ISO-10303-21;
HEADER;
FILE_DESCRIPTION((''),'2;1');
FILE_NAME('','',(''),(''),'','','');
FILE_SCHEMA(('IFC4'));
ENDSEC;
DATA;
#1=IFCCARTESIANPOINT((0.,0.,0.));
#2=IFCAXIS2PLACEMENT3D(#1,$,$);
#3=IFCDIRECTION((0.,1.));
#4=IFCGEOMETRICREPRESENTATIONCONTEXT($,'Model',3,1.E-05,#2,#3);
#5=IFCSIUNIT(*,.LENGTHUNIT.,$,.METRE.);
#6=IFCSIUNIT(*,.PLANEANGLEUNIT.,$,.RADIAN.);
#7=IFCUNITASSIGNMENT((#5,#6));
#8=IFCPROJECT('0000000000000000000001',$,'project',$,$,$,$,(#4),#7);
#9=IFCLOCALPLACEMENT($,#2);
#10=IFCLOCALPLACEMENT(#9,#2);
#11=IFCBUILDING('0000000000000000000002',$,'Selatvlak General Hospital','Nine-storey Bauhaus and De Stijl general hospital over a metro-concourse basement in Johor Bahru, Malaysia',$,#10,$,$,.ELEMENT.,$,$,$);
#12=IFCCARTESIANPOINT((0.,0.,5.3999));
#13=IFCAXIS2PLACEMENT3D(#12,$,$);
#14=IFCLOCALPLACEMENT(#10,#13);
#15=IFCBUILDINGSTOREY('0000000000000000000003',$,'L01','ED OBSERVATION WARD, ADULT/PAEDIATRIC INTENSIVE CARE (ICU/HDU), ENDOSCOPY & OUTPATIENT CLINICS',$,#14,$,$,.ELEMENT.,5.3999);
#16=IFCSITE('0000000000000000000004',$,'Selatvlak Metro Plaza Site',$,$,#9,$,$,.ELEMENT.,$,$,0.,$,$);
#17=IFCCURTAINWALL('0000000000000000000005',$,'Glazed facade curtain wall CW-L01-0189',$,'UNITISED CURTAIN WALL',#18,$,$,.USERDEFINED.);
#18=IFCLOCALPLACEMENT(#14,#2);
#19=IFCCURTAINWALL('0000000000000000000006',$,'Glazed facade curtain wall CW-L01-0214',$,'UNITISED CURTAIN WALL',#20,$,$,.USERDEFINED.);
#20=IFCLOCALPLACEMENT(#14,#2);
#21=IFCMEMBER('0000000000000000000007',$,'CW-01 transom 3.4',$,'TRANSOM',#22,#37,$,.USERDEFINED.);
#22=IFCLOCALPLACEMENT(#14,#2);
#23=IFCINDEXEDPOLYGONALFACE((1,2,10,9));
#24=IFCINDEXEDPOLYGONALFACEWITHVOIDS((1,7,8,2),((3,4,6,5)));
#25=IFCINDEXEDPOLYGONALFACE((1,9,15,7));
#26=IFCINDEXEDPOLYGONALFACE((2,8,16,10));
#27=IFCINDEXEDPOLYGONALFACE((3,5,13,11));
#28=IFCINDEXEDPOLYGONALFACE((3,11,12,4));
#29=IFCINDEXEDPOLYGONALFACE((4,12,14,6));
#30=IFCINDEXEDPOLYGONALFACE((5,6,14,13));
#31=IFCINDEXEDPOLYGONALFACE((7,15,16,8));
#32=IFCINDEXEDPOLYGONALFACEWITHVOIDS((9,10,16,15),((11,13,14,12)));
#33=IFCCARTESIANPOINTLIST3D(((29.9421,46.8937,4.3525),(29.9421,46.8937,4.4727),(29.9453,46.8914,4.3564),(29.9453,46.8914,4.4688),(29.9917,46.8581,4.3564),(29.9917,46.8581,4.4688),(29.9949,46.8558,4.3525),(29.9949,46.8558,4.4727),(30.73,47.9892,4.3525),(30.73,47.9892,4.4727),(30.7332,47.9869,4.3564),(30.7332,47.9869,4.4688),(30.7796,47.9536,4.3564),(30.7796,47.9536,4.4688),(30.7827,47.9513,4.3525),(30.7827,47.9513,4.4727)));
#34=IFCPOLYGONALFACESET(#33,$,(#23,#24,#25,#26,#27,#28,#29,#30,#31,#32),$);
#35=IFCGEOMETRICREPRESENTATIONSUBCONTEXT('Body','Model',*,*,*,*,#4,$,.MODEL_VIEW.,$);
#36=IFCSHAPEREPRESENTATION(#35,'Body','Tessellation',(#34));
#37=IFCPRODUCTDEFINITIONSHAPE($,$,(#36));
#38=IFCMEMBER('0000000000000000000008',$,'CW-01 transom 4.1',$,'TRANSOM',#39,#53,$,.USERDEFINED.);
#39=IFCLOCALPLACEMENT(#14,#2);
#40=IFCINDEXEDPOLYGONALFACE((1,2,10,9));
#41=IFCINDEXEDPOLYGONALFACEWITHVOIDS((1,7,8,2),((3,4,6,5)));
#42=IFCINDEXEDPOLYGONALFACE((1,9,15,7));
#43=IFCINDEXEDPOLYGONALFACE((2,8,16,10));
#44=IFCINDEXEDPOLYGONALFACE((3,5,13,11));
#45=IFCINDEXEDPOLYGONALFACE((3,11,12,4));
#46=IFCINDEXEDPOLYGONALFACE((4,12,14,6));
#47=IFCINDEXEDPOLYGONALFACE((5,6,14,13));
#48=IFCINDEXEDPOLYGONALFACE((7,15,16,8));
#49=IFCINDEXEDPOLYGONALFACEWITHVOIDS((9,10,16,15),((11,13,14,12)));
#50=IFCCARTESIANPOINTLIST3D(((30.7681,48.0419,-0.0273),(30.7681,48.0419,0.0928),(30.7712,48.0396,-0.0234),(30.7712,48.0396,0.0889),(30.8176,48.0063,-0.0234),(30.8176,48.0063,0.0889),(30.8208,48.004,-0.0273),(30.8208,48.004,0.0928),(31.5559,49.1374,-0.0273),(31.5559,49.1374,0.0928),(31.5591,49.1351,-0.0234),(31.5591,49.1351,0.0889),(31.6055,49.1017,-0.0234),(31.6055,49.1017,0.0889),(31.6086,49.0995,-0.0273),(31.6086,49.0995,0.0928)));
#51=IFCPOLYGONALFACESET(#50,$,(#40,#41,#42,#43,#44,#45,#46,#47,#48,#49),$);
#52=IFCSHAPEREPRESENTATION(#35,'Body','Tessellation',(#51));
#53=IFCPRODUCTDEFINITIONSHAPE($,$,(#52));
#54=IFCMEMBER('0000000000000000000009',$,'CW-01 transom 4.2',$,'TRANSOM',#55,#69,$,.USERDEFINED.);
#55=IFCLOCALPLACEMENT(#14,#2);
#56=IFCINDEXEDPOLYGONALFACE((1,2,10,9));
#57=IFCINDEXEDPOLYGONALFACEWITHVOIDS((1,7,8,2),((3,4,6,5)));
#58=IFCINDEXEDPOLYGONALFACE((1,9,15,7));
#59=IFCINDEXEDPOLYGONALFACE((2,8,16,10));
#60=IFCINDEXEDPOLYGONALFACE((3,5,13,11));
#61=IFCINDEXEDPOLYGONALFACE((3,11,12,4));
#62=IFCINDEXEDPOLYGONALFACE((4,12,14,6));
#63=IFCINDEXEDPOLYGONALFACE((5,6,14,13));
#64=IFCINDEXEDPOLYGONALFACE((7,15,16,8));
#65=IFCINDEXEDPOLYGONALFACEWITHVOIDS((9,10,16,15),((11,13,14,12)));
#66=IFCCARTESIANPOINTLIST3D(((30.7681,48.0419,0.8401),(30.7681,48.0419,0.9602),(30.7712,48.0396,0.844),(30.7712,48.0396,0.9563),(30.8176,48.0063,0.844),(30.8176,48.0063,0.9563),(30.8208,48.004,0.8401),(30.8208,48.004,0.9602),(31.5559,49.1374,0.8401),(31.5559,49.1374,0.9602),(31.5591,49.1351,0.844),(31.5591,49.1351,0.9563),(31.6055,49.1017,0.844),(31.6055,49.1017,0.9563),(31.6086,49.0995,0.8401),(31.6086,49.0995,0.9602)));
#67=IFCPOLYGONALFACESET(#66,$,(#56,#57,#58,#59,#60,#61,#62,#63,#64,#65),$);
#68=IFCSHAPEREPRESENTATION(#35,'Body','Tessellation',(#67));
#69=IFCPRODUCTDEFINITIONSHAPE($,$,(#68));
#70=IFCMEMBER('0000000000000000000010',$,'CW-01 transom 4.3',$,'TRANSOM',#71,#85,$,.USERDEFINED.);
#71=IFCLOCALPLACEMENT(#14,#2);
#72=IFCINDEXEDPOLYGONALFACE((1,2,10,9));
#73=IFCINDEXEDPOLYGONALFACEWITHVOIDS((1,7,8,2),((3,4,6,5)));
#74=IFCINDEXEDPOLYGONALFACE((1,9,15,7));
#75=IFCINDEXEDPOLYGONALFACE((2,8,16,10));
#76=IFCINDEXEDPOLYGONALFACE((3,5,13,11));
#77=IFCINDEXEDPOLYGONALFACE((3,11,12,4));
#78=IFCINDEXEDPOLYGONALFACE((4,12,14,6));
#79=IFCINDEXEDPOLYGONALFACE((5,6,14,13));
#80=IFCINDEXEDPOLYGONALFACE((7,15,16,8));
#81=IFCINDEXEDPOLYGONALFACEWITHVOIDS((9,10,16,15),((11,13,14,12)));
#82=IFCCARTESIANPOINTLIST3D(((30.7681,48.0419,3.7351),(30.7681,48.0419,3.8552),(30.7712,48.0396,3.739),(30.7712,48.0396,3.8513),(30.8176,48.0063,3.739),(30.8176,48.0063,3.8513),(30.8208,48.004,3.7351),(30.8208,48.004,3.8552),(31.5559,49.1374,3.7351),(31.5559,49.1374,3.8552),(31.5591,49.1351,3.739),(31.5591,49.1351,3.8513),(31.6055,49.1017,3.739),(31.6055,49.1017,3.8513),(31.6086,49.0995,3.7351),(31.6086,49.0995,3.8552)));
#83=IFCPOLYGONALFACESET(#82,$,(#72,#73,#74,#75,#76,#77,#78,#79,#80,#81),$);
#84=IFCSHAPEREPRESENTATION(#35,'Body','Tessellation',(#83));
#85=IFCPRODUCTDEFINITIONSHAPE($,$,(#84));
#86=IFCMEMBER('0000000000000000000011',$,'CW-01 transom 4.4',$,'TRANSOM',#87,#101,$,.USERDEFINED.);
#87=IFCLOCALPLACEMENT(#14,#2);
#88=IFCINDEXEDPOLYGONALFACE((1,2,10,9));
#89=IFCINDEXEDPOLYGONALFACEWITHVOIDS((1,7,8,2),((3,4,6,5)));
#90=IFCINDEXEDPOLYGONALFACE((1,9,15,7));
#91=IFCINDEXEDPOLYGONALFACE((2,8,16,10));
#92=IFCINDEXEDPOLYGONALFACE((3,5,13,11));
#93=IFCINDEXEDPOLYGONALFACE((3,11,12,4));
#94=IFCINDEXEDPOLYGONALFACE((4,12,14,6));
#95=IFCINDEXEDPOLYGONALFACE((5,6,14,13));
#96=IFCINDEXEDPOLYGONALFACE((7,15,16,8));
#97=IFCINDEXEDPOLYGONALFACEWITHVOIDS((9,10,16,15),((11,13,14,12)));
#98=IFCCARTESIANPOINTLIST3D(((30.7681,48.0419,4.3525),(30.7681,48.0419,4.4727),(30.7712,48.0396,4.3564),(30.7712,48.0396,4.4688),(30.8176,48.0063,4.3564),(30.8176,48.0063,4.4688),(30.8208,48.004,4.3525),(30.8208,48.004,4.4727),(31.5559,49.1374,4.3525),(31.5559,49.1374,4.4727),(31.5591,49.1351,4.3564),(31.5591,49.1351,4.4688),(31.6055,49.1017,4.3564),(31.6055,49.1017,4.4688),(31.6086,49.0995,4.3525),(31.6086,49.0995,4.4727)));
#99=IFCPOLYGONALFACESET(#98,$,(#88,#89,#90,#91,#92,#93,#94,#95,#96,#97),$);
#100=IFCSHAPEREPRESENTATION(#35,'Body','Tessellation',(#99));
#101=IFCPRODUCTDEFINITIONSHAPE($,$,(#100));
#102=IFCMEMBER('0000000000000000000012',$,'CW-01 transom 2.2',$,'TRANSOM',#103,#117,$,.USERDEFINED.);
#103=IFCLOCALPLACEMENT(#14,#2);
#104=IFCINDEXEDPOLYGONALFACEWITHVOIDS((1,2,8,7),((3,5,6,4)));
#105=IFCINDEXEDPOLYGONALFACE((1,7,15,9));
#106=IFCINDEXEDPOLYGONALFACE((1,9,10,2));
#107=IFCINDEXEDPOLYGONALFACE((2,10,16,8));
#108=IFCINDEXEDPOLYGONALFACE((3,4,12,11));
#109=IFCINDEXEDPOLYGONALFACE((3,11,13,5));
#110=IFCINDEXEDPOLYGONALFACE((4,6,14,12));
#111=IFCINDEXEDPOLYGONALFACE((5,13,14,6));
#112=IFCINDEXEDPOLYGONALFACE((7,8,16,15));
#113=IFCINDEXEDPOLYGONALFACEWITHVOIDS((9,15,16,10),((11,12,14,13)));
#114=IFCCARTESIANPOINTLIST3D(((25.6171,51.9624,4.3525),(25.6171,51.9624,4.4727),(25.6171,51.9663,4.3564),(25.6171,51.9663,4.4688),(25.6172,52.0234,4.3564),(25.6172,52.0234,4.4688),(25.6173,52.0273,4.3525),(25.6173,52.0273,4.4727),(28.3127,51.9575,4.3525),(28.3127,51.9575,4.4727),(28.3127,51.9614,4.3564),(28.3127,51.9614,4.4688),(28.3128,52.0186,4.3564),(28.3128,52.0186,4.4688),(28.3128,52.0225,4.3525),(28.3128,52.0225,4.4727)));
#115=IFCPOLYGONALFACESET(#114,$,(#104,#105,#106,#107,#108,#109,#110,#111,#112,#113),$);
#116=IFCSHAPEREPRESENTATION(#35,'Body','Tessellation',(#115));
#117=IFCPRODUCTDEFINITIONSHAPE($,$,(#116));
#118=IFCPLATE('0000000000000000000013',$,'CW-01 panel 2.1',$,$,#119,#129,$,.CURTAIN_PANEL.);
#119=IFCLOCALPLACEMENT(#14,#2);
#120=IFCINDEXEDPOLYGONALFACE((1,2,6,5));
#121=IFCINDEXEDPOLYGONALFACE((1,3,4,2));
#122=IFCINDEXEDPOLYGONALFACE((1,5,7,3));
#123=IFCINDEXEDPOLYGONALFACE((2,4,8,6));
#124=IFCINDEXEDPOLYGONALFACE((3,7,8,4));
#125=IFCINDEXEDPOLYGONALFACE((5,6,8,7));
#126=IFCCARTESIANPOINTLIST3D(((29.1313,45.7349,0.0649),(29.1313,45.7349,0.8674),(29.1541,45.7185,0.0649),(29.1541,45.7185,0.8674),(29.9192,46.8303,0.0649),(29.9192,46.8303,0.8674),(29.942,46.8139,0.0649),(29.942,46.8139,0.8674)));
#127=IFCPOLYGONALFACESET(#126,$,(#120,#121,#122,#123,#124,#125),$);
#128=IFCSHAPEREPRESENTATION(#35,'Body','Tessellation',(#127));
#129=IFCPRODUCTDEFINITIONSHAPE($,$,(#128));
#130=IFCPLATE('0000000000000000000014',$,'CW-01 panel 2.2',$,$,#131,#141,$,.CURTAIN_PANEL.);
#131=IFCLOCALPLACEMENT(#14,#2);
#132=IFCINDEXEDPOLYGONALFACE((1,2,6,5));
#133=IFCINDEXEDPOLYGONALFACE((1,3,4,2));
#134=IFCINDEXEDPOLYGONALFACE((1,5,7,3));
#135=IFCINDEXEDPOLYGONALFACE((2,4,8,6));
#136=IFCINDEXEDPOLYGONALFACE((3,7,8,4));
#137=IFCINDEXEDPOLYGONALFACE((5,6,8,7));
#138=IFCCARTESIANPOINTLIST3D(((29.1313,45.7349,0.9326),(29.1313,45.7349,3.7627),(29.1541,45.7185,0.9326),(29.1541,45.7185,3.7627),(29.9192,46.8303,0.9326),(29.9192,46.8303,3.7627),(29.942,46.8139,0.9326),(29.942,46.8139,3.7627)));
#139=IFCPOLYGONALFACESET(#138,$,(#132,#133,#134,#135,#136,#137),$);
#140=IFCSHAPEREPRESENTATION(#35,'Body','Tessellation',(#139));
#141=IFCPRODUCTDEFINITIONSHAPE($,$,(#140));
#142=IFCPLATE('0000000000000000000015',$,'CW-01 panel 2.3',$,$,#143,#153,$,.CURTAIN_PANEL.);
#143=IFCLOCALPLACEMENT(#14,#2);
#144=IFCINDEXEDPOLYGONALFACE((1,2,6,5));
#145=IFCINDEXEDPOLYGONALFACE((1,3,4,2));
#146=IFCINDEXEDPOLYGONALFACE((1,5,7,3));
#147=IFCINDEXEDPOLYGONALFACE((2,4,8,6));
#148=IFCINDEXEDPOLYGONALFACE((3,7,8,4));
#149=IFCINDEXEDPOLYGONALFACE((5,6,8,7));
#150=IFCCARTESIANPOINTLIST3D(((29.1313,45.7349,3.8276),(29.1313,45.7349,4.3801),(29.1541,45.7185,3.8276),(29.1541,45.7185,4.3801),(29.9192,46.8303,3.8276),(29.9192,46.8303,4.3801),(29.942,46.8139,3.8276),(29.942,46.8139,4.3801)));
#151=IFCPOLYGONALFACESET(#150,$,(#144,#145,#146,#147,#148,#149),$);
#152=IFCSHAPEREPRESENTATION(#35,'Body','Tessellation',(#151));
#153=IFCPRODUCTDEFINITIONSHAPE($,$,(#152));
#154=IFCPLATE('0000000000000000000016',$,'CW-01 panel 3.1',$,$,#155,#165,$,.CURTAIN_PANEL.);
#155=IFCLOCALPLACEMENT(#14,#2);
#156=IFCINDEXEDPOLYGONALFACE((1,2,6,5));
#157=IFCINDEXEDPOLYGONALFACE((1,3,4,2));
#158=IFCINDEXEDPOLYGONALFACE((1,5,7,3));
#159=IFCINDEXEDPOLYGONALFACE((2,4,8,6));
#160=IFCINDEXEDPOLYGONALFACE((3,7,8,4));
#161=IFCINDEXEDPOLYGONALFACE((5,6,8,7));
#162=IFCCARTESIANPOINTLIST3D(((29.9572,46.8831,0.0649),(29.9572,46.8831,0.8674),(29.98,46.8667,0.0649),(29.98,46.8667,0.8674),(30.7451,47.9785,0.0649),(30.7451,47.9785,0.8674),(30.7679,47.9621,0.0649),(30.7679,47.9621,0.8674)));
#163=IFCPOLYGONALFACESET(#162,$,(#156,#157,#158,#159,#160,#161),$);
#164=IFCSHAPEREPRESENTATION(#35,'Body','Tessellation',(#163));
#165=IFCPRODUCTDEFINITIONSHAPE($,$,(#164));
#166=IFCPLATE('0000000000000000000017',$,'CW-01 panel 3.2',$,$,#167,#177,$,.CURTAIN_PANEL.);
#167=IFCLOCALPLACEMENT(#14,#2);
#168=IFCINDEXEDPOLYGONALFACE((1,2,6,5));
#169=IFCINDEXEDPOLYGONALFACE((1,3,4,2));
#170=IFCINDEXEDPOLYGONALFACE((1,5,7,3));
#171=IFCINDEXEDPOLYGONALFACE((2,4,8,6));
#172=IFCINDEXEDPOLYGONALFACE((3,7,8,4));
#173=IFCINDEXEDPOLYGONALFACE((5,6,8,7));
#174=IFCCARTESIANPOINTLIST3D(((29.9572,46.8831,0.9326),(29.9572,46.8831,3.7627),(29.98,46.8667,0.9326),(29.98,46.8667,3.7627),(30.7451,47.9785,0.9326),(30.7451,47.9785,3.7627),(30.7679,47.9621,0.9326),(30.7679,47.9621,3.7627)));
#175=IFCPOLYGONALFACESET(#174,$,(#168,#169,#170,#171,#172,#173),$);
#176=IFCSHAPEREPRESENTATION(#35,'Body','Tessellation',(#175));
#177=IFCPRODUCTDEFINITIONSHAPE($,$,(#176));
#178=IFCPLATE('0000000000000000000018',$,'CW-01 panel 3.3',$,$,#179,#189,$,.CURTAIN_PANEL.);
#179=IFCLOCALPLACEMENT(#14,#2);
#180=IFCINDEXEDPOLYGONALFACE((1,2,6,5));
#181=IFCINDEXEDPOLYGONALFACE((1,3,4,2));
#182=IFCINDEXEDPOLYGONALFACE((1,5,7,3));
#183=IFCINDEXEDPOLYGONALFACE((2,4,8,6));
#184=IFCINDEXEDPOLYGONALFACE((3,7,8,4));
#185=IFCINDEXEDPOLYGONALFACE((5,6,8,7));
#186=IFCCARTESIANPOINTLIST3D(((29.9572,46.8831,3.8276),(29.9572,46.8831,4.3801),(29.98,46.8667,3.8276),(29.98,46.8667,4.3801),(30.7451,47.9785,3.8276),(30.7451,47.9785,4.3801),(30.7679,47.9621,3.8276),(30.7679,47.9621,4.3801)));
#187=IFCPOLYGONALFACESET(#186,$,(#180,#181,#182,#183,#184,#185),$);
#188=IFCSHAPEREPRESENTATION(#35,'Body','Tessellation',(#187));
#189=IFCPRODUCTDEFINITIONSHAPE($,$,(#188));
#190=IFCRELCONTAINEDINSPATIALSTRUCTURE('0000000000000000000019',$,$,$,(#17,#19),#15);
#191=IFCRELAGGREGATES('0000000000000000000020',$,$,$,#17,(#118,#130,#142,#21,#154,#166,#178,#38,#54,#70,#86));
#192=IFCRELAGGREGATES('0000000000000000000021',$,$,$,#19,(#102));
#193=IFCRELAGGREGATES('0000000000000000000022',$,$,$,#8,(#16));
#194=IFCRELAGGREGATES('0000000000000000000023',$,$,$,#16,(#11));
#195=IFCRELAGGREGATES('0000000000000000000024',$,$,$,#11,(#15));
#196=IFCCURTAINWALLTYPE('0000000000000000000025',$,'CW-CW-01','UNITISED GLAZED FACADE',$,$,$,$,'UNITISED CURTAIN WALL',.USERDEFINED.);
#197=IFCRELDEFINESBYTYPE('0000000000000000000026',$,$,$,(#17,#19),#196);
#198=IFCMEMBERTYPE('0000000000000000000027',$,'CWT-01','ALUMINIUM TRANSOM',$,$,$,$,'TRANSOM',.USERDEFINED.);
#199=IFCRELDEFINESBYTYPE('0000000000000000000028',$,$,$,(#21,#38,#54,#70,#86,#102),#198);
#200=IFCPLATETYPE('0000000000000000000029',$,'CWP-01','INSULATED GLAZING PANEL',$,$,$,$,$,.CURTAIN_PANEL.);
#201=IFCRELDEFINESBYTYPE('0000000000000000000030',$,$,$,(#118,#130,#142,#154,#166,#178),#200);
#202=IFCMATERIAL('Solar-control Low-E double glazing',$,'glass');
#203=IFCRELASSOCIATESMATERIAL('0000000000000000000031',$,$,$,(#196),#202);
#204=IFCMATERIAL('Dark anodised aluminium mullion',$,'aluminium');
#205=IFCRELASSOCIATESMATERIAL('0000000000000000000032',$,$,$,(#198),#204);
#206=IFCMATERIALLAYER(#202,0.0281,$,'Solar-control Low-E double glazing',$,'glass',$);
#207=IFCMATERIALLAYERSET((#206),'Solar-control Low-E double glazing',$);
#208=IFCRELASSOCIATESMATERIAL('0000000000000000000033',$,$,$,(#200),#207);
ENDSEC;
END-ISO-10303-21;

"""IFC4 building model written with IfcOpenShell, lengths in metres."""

from ifc_helpers import new_model, si_unit, direction, frame, origin, origin_2d, place, context, subcontext, project, spatial, rectangle, hollow_rectangle, extrude, material, layer, layer_set, material_profile, profile_set, type_object, element, aggregate, save


model = new_model("IFC4")

# Units and contexts
model_context = context("Model", 3, precision=1e-05, world=origin(), true_north=direction((0.0, 1.0)))
body_context = subcontext(model_context, "Body", "Model", "MODEL_VIEW")
ifc_project = project(units=[si_unit("LENGTHUNIT", "METRE"), si_unit("PLANEANGLEUNIT", "RADIAN")], contexts=[model_context])

# Site, building, storey
site_placement = place(None, origin())
site = spatial("IfcSite", under=ifc_project, at=site_placement, Name="Selatvlak Metro Plaza Site", CompositionType="ELEMENT", RefElevation=0.0)
building_placement = place(site_placement, origin())
building = spatial("IfcBuilding", under=site, at=building_placement, Name="Selatvlak General Hospital", Description="Nine-storey Bauhaus and De Stijl general hospital over a metro-concourse basement in Johor Bahru, Malaysia", CompositionType="ELEMENT")
storey_placement = place(building_placement, frame((0.0, 0.0, 5.3999)))
storey = spatial("IfcBuildingStorey", under=building, at=storey_placement, Name="L01", Description="ED OBSERVATION WARD, ADULT/PAEDIATRIC INTENSIVE CARE (ICU/HDU), ENDOSCOPY & OUTPATIENT CLINICS", CompositionType="ELEMENT", Elevation=5.3999)

# Curtain wall
ifc_material_1 = material(Name="Solar-control Low-E double glazing", Category="glass")
curtain_wall_type = type_object("IfcCurtainWallType", Name="CW-CW-01", Description="UNITISED GLAZED FACADE", ElementType="UNITISED CURTAIN WALL", PredefinedType="USERDEFINED", material=ifc_material_1)
curtain_wall_1_placement = place(storey_placement, origin())
curtain_wall_1 = element("IfcCurtainWall", 1, at=curtain_wall_1_placement, inside=storey, type_object=curtain_wall_type, Name="Glazed facade curtain wall CW-L01-0189", ObjectType="UNITISED CURTAIN WALL", PredefinedType="USERDEFINED")
ifc_material_2 = material(Name="Dark anodised aluminium mullion", Category="aluminium")

# Curtain wall
curtain_wall_2_placement = place(storey_placement, origin())
curtain_wall_2 = element("IfcCurtainWall", 2, at=curtain_wall_2_placement, inside=storey, type_object=curtain_wall_type, Name="Glazed facade curtain wall CW-L01-0214", ObjectType="UNITISED CURTAIN WALL", PredefinedType="USERDEFINED")

# Members
ifc_material_profile_1 = material_profile(ifc_material_2, hollow_rectangle(XDim=0.0649, YDim=0.1201, WallThickness=0.0039, at=origin_2d()), Name="AL-TRN 65x120x4")
ifc_profile_set_1 = profile_set([ifc_material_profile_1], Name="Dark anodised aluminium mullion")
member_type_1 = type_object("IfcMemberType", Name="CWT-01", Description="ALUMINIUM TRANSOM", ElementType="TRANSOM", PredefinedType="USERDEFINED", material=ifc_profile_set_1)
member_1_placement = place(storey_placement, frame((29.9685, 46.8748, 4.4126), z_axis=(0.583871, 0.811847, 0.0), x_axis=(-0.811847, 0.583871, 0.0)))
member_1 = element("IfcMember", 3, at=member_1_placement, type_object=member_type_1, Name="CW-01 transom 3.4", ObjectType="TRANSOM", PredefinedType="USERDEFINED", context=body_context, shape_type="SweptSolid", body=[
    extrude(hollow_rectangle(XDim=0.0649, YDim=0.1201, WallThickness=0.0039, at=origin_2d()), origin(), (0.0, 0.0, 1.0), 1.3494),
])
member_2_placement = place(storey_placement, frame((30.7944, 48.0229, 0.0327), z_axis=(0.583871, 0.811847, 0.0), x_axis=(-0.811847, 0.583871, 0.0)))
member_2 = element("IfcMember", 4, at=member_2_placement, type_object=member_type_1, Name="CW-01 transom 4.1", ObjectType="TRANSOM", PredefinedType="USERDEFINED", context=body_context, shape_type="SweptSolid", body=[
    extrude(hollow_rectangle(XDim=0.0649, YDim=0.1201, WallThickness=0.0039, at=origin_2d()), origin(), (0.0, 0.0, 1.0), 1.3494),
])
member_3_placement = place(storey_placement, frame((30.7944, 48.0229, 0.9001), z_axis=(0.583871, 0.811847, 0.0), x_axis=(-0.811847, 0.583871, 0.0)))
member_3 = element("IfcMember", 5, at=member_3_placement, type_object=member_type_1, Name="CW-01 transom 4.2", ObjectType="TRANSOM", PredefinedType="USERDEFINED", context=body_context, shape_type="SweptSolid", body=[
    extrude(hollow_rectangle(XDim=0.0649, YDim=0.1201, WallThickness=0.0039, at=origin_2d()), origin(), (0.0, 0.0, 1.0), 1.3494),
])
member_4_placement = place(storey_placement, frame((30.7944, 48.0229, 3.7952), z_axis=(0.583871, 0.811847, 0.0), x_axis=(-0.811847, 0.583871, 0.0)))
member_4 = element("IfcMember", 6, at=member_4_placement, type_object=member_type_1, Name="CW-01 transom 4.3", ObjectType="TRANSOM", PredefinedType="USERDEFINED", context=body_context, shape_type="SweptSolid", body=[
    extrude(hollow_rectangle(XDim=0.0649, YDim=0.1201, WallThickness=0.0039, at=origin_2d()), origin(), (0.0, 0.0, 1.0), 1.3494),
])
member_5_placement = place(storey_placement, frame((30.7944, 48.0229, 4.4126), z_axis=(0.583871, 0.811847, 0.0), x_axis=(-0.811847, 0.583871, 0.0)))
member_5 = element("IfcMember", 7, at=member_5_placement, type_object=member_type_1, Name="CW-01 transom 4.4", ObjectType="TRANSOM", PredefinedType="USERDEFINED", context=body_context, shape_type="SweptSolid", body=[
    extrude(hollow_rectangle(XDim=0.0649, YDim=0.1201, WallThickness=0.0039, at=origin_2d()), origin(), (0.0, 0.0, 1.0), 1.3494),
])
member_6_placement = place(storey_placement, frame((28.3127, 51.99, 4.4126), z_axis=(-0.999998, 0.001811, 0.0), x_axis=(-0.001811, -0.999998, 0.0)))
member_6 = element("IfcMember", 8, at=member_6_placement, type_object=member_type_1, Name="CW-01 transom 2.2", ObjectType="TRANSOM", PredefinedType="USERDEFINED", context=body_context, shape_type="SweptSolid", body=[
    extrude(hollow_rectangle(XDim=0.0649, YDim=0.1201, WallThickness=0.0039, at=origin_2d()), origin(), (0.0, 0.0, 1.0), 2.6956),
])

# Plates
ifc_layer_1 = layer(ifc_material_1, 0.0281, Name="Solar-control Low-E double glazing", Category="glass")
ifc_layer_set_1 = layer_set([ifc_layer_1], Name="Solar-control Low-E double glazing")
plate_type = type_object("IfcPlateType", Name="CWP-01", Description="INSULATED GLAZING PANEL", PredefinedType="CURTAIN_PANEL", material=ifc_layer_set_1)
plate_1_placement = place(storey_placement, frame((29.5366, 46.2744, 0.0649), z_axis=(0.0, 0.0, 1.0), x_axis=(0.583884, 0.811837, 0.0)))
plate_1 = element("IfcPlate", 9, at=plate_1_placement, type_object=plate_type, Name="CW-01 panel 2.1", PredefinedType="CURTAIN_PANEL", context=body_context, shape_type="SweptSolid", body=[
    extrude(rectangle(XDim=1.3494, YDim=0.0281, at=origin_2d()), origin(), (0.0, 0.0, 1.0), 0.8025),
])
plate_2_placement = place(storey_placement, frame((29.5366, 46.2744, 0.9326), z_axis=(0.0, 0.0, 1.0), x_axis=(0.583884, 0.811837, 0.0)))
plate_2 = element("IfcPlate", 10, at=plate_2_placement, type_object=plate_type, Name="CW-01 panel 2.2", PredefinedType="CURTAIN_PANEL", context=body_context, shape_type="SweptSolid", body=[
    extrude(rectangle(XDim=1.3494, YDim=0.0281, at=origin_2d()), origin(), (0.0, 0.0, 1.0), 2.8301),
])
plate_3_placement = place(storey_placement, frame((29.5366, 46.2744, 3.8276), z_axis=(0.0, 0.0, 1.0), x_axis=(0.583884, 0.811837, 0.0)))
plate_3 = element("IfcPlate", 11, at=plate_3_placement, type_object=plate_type, Name="CW-01 panel 2.3", PredefinedType="CURTAIN_PANEL", context=body_context, shape_type="SweptSolid", body=[
    extrude(rectangle(XDim=1.3494, YDim=0.0281, at=origin_2d()), origin(), (0.0, 0.0, 1.0), 0.5525),
])
plate_4_placement = place(storey_placement, frame((30.3625, 47.4226, 0.0649), z_axis=(0.0, 0.0, 1.0), x_axis=(0.583884, 0.811837, 0.0)))
plate_4 = element("IfcPlate", 12, at=plate_4_placement, type_object=plate_type, Name="CW-01 panel 3.1", PredefinedType="CURTAIN_PANEL", context=body_context, shape_type="SweptSolid", body=[
    extrude(rectangle(XDim=1.3494, YDim=0.0281, at=origin_2d()), origin(), (0.0, 0.0, 1.0), 0.8025),
])
plate_5_placement = place(storey_placement, frame((30.3625, 47.4226, 0.9326), z_axis=(0.0, 0.0, 1.0), x_axis=(0.583884, 0.811837, 0.0)))
plate_5 = element("IfcPlate", 13, at=plate_5_placement, type_object=plate_type, Name="CW-01 panel 3.2", PredefinedType="CURTAIN_PANEL", context=body_context, shape_type="SweptSolid", body=[
    extrude(rectangle(XDim=1.3494, YDim=0.0281, at=origin_2d()), origin(), (0.0, 0.0, 1.0), 2.8301),
])
plate_6_placement = place(storey_placement, frame((30.3625, 47.4226, 3.8276), z_axis=(0.0, 0.0, 1.0), x_axis=(0.583884, 0.811837, 0.0)))
plate_6 = element("IfcPlate", 14, at=plate_6_placement, type_object=plate_type, Name="CW-01 panel 3.3", PredefinedType="CURTAIN_PANEL", context=body_context, shape_type="SweptSolid", body=[
    extrude(rectangle(XDim=1.3494, YDim=0.0281, at=origin_2d()), origin(), (0.0, 0.0, 1.0), 0.5525),
])
aggregate(curtain_wall_1, [plate_1, plate_2, plate_3, member_1, plate_4, plate_5, plate_6, member_2, member_3, member_4, member_5])
aggregate(curtain_wall_2, [member_6])

save(model, "model.ifc")
